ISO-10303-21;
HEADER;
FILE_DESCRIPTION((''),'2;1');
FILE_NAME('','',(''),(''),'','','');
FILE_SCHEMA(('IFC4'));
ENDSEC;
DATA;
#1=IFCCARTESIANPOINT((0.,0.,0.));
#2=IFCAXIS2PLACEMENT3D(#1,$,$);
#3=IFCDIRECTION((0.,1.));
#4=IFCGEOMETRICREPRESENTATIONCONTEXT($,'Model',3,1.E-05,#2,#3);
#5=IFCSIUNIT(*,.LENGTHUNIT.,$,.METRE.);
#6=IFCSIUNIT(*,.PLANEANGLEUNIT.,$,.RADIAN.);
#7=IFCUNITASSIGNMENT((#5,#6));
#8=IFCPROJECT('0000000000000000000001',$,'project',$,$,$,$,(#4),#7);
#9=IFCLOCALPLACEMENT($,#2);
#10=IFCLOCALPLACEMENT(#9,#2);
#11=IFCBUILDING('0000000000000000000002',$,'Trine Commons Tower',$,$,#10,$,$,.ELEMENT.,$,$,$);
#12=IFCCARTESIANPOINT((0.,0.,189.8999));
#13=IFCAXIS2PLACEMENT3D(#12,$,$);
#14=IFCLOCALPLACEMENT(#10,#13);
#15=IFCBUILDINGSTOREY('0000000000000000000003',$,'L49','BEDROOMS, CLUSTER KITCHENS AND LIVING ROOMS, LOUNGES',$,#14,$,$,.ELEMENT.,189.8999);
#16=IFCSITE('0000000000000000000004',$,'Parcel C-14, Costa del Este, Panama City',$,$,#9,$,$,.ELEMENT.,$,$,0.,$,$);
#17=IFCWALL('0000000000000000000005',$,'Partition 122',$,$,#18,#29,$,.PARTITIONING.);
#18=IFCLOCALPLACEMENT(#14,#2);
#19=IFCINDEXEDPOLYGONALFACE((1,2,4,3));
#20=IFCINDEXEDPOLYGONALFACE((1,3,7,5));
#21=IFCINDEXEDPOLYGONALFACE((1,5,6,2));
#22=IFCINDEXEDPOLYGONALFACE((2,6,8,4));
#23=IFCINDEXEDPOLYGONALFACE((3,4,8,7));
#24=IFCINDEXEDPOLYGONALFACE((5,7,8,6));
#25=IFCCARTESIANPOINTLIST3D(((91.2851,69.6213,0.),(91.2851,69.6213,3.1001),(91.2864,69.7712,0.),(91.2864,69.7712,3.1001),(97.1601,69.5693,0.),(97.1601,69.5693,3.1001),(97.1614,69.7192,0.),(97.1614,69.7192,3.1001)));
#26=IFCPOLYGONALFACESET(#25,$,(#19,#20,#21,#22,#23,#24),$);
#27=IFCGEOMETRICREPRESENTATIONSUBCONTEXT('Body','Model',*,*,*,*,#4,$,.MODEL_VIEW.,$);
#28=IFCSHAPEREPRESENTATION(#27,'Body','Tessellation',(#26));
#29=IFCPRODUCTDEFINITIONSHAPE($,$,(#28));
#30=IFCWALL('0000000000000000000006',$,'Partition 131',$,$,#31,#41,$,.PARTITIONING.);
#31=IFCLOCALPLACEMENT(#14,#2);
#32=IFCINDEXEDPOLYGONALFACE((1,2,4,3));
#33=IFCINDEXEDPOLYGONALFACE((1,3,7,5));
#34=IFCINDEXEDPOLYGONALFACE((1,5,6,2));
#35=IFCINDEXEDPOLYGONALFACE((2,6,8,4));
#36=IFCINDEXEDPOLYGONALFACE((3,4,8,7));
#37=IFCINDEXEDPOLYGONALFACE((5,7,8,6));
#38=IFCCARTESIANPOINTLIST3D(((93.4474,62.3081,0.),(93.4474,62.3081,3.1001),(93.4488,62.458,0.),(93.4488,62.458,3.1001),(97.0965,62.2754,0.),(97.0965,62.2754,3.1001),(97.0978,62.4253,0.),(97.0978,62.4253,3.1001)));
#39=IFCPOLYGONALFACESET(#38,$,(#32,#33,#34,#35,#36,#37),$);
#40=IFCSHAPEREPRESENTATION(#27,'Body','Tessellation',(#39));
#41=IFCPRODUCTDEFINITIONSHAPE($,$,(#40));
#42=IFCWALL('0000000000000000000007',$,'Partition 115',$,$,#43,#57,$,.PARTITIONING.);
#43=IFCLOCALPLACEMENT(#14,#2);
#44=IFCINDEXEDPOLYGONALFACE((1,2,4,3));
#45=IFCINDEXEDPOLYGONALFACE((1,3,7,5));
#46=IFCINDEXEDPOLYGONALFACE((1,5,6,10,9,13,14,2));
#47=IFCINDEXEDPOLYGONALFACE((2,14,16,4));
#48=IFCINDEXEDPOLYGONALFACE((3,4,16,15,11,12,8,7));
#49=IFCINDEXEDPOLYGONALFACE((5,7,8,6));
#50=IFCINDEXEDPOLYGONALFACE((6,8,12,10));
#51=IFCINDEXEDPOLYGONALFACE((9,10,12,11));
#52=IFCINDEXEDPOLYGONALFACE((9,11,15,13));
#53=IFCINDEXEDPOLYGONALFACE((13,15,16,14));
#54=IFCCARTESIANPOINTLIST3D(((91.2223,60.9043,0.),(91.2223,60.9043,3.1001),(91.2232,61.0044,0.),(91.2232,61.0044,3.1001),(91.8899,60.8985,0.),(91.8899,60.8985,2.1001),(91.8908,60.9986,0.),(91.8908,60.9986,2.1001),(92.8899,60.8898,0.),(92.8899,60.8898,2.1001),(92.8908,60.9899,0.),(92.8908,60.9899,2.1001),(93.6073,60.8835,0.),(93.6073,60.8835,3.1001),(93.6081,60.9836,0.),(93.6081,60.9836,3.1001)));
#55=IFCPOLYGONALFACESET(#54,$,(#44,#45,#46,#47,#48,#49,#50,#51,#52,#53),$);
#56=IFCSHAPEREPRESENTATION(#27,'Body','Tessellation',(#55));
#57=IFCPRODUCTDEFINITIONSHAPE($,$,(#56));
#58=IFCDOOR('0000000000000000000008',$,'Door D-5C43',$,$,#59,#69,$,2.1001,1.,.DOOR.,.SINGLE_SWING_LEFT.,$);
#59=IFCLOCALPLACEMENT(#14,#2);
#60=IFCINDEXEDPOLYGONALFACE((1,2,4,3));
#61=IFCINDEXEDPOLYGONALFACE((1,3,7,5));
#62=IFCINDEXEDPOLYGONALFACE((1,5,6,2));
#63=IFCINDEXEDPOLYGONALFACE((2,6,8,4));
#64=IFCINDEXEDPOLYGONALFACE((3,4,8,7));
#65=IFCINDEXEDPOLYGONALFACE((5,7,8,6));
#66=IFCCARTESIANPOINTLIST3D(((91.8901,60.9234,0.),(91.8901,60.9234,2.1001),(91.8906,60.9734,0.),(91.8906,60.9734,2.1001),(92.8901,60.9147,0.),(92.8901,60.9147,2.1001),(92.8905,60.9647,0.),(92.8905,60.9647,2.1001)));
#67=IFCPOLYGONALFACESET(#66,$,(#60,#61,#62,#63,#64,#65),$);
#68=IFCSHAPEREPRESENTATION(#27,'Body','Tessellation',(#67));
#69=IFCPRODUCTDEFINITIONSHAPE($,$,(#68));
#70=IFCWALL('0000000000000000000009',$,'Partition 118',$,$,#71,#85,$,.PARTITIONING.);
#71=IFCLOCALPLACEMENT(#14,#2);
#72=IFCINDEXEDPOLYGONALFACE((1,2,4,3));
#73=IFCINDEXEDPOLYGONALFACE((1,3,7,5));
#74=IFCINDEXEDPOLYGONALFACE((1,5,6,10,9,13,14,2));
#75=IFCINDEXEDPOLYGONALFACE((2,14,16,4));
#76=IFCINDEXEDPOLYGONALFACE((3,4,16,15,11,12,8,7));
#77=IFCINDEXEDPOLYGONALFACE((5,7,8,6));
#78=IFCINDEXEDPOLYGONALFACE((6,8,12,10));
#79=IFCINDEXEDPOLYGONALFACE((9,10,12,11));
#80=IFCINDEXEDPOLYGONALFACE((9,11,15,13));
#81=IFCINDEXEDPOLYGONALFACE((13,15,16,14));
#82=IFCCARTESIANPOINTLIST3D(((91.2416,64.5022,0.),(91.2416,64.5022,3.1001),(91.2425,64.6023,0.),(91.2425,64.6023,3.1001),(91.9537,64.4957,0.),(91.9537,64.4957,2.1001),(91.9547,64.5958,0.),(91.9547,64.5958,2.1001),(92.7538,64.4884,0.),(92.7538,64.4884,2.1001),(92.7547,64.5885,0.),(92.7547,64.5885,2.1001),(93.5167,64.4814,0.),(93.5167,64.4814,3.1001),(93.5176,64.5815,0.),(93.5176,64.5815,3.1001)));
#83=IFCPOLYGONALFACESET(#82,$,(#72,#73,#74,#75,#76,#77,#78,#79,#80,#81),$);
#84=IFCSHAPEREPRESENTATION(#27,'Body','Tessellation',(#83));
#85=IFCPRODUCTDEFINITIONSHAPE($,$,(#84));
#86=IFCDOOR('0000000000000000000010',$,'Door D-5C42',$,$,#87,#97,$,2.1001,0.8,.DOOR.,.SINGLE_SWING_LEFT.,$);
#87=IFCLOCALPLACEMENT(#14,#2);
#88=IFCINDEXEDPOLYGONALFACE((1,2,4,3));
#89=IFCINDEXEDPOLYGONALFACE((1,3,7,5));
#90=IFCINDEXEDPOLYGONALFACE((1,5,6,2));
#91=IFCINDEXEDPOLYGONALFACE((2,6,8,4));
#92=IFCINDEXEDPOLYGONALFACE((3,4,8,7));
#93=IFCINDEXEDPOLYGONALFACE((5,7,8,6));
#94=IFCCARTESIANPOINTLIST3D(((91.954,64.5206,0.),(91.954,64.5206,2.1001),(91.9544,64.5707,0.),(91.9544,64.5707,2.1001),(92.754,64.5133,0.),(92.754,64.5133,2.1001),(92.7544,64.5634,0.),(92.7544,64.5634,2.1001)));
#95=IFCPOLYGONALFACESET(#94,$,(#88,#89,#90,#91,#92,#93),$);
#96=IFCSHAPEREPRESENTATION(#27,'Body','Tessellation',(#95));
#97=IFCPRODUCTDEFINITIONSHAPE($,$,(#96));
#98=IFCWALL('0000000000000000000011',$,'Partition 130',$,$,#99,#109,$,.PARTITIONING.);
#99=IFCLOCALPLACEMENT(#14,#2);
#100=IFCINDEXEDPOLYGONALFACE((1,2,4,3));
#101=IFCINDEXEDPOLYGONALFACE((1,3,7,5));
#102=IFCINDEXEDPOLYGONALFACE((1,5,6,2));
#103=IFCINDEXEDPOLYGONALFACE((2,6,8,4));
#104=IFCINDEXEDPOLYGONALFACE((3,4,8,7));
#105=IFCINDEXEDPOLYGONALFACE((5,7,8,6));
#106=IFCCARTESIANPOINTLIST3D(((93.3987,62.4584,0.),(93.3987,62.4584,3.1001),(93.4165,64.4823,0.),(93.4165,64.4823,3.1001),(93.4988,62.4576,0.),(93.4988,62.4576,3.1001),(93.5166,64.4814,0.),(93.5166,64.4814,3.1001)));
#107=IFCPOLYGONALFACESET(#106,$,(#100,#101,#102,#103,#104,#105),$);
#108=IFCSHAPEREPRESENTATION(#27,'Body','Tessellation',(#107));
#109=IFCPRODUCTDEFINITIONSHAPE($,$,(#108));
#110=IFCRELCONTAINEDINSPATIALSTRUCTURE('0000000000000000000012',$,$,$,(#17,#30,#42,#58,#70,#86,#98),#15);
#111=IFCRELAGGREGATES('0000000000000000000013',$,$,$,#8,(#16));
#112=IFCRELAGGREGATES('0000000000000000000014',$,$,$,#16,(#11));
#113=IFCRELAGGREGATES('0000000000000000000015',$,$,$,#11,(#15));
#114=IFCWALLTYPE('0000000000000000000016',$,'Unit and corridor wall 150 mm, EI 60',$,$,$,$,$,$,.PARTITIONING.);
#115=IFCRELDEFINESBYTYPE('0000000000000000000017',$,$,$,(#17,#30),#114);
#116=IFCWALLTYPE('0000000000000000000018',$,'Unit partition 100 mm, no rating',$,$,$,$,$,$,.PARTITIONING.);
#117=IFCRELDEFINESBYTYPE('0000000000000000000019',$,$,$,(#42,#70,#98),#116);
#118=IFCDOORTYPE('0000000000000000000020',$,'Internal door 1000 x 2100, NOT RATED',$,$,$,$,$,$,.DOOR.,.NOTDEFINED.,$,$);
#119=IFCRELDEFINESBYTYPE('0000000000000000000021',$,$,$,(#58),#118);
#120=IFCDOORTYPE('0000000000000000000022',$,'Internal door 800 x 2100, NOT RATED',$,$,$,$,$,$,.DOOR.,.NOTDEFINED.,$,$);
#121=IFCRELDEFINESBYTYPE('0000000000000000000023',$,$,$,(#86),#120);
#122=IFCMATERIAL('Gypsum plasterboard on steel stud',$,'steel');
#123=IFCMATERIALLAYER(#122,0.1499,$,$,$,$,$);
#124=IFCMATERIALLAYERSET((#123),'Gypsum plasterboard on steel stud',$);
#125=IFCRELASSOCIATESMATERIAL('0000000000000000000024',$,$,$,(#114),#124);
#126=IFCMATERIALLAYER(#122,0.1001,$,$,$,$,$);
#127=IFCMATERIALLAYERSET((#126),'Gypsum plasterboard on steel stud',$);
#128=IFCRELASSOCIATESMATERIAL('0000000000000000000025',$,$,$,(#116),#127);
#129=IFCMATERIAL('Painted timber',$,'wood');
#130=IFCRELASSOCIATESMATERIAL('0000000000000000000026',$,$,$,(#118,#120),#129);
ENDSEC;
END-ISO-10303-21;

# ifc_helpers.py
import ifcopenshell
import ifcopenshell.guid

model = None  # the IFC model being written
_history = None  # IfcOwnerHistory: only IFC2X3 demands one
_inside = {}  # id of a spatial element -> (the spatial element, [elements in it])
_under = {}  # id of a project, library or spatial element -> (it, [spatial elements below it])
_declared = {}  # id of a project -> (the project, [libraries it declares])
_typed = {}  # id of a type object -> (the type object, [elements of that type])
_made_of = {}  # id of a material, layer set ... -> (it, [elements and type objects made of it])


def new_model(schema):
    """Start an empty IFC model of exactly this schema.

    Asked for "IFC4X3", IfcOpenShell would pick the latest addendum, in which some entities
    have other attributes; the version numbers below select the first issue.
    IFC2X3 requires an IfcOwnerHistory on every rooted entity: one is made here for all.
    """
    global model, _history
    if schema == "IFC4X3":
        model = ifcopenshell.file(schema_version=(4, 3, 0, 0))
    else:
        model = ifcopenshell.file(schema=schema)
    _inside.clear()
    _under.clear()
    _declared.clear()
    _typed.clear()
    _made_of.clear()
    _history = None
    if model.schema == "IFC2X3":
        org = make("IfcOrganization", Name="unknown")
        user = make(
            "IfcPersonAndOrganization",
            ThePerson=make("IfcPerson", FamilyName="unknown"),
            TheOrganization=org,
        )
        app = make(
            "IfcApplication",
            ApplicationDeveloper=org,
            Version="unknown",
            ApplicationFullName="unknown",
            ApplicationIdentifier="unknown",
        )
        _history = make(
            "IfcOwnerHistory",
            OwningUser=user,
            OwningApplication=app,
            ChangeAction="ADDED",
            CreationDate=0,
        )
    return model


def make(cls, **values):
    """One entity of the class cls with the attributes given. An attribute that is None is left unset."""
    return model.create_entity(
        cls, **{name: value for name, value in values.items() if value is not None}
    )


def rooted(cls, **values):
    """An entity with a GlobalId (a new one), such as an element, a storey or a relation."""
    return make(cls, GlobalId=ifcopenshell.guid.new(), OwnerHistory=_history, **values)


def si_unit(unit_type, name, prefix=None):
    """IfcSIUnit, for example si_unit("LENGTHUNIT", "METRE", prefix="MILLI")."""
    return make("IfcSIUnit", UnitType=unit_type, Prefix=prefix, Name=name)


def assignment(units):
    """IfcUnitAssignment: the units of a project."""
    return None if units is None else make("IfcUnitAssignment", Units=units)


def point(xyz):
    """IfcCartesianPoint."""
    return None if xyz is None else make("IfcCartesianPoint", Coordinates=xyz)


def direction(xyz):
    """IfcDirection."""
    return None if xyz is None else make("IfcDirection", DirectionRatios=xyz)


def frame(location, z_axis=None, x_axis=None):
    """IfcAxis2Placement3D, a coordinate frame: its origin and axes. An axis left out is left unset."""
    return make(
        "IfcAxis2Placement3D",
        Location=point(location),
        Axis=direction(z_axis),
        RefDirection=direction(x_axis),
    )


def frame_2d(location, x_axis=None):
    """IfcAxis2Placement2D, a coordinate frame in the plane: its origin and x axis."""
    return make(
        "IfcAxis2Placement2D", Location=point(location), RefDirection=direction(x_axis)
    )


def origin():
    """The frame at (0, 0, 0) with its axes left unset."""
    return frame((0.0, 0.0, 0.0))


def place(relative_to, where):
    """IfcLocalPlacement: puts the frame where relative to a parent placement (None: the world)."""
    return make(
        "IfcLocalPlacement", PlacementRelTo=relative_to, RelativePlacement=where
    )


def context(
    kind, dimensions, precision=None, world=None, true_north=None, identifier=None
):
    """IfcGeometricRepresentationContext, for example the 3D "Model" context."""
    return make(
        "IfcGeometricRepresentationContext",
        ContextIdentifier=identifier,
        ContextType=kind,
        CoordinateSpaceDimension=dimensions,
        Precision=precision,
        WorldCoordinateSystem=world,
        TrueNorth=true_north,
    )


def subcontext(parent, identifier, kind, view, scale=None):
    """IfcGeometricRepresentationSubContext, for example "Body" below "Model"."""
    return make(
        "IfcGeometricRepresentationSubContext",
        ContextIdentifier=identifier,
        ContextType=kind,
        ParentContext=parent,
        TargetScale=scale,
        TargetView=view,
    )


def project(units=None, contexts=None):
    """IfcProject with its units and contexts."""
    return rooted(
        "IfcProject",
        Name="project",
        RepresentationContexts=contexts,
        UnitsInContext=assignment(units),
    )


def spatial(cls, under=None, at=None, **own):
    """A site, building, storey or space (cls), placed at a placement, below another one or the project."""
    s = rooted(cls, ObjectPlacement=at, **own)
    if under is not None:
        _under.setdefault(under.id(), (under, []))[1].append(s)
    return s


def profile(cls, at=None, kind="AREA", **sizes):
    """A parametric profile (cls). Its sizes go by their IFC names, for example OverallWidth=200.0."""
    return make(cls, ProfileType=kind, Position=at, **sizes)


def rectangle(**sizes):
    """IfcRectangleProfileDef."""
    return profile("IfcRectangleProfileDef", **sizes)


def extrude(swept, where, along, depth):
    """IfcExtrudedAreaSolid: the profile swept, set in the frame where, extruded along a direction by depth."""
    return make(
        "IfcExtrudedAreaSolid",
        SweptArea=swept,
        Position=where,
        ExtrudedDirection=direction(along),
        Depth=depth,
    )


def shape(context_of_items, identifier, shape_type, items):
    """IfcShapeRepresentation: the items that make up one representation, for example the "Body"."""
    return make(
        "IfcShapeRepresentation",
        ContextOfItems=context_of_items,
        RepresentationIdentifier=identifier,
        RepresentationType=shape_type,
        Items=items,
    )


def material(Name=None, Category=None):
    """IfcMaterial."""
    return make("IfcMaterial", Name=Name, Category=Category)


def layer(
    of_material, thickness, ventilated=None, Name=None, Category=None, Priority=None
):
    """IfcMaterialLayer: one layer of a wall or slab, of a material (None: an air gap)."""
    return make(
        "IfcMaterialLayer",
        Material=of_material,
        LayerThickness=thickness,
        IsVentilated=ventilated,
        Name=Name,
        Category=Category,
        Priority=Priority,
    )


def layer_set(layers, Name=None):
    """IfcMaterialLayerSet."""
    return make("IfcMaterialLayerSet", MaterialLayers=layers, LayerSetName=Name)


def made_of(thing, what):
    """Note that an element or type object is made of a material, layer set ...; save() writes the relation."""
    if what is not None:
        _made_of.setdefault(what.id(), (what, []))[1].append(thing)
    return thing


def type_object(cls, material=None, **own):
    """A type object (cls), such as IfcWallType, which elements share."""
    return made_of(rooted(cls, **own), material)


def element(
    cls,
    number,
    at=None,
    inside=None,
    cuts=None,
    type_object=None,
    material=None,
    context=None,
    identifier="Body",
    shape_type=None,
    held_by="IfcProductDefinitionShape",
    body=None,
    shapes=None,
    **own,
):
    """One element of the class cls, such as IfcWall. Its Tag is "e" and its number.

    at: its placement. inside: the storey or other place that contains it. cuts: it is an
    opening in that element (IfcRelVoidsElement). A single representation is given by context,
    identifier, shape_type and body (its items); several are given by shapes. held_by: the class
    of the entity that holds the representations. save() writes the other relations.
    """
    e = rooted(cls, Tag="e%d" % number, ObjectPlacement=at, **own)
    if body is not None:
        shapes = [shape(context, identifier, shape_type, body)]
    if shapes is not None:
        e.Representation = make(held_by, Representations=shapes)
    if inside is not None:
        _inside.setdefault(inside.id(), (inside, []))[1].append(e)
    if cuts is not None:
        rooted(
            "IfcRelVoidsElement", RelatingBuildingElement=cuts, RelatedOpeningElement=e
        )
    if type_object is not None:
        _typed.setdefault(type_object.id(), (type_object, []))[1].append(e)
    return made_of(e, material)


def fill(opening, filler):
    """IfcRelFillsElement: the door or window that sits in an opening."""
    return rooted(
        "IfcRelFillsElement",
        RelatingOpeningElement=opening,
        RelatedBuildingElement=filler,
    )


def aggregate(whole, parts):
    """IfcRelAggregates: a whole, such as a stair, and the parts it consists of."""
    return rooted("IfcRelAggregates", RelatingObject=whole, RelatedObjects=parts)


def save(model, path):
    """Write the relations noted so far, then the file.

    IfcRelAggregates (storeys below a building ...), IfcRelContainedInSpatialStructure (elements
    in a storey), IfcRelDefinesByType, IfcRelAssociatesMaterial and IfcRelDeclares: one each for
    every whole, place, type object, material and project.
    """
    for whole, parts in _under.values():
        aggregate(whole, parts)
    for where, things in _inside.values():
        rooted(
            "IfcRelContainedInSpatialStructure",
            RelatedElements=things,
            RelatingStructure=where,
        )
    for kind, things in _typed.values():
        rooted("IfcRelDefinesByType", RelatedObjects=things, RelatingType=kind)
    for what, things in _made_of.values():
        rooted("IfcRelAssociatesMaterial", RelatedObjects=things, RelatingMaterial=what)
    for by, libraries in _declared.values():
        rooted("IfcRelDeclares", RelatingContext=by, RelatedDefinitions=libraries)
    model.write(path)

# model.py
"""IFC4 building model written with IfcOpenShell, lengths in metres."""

from ifc_helpers import new_model, si_unit, direction, frame, frame_2d, origin, place, context, subcontext, project, spatial, rectangle, extrude, material, layer, layer_set, type_object, element, fill, save


model = new_model("IFC4")

# Units and contexts
model_context = context("Model", 3, precision=1e-05, world=origin(), true_north=direction((0.0, 1.0)))
body_context = subcontext(model_context, "Body", "Model", "MODEL_VIEW")
ifc_project = project(units=[si_unit("LENGTHUNIT", "METRE"), si_unit("PLANEANGLEUNIT", "RADIAN")], contexts=[model_context])

# Site, building, storey
site_placement = place(None, origin())
site = spatial("IfcSite", under=ifc_project, at=site_placement, Name="Parcel C-14, Costa del Este, Panama City", CompositionType="ELEMENT", RefElevation=0.0)
building_placement = place(site_placement, origin())
building = spatial("IfcBuilding", under=site, at=building_placement, Name="Trine Commons Tower", CompositionType="ELEMENT")
storey_placement = place(building_placement, frame((0.0, 0.0, 189.8999)))
storey = spatial("IfcBuildingStorey", under=building, at=storey_placement, Name="L49", Description="BEDROOMS, CLUSTER KITCHENS AND LIVING ROOMS, LOUNGES", CompositionType="ELEMENT", Elevation=189.8999)

# Shared definitions
ifc_material_1 = material(Name="Gypsum plasterboard on steel stud", Category="steel")
ifc_layer_1 = layer(ifc_material_1, 0.1499)
ifc_layer_set_1 = layer_set([ifc_layer_1], Name="Gypsum plasterboard on steel stud")
wall_type_1 = type_object("IfcWallType", Name="Unit and corridor wall 150 mm, EI 60", PredefinedType="PARTITIONING", material=ifc_layer_set_1)

# Shared definitions
ifc_material_2 = material(Name="Painted timber", Category="wood")

# Walls
wall_1_placement = place(storey_placement, frame((91.2859, 69.6963, 0.0), z_axis=(0.0, 0.0, 1.0), x_axis=(0.999961, -0.008851, 0.0)))
element("IfcWall", 1, at=wall_1_placement, inside=storey, type_object=wall_type_1, Name="Partition 122", PredefinedType="PARTITIONING", context=body_context, shape_type="SweptSolid", body=[
    extrude(rectangle(XDim=5.8752, YDim=0.1499, at=frame_2d((2.9375, 0.0))), origin(), (0.0, 0.0, 1.0), 3.1001),
])
wall_2_placement = place(storey_placement, frame((93.448, 62.3831, 0.0), z_axis=(0.0, 0.0, 1.0), x_axis=(0.99996, -0.008965, 0.0)))
element("IfcWall", 2, at=wall_2_placement, inside=storey, type_object=wall_type_1, Name="Partition 131", PredefinedType="PARTITIONING", context=body_context, shape_type="SweptSolid", body=[
    extrude(rectangle(XDim=3.6492, YDim=0.1499, at=frame_2d((1.8247, 0.0))), origin(), (0.0, 0.0, 1.0), 3.1001),
])

# Walls, openings, doors
ifc_layer_2 = layer(ifc_material_1, 0.1001)
ifc_layer_set_2 = layer_set([ifc_layer_2], Name="Gypsum plasterboard on steel stud")
wall_type_2 = type_object("IfcWallType", Name="Unit partition 100 mm, no rating", PredefinedType="PARTITIONING", material=ifc_layer_set_2)
wall_3_placement = place(storey_placement, frame((91.2229, 60.9543, 0.0), z_axis=(0.0, 0.0, 1.0), x_axis=(0.999962, -0.008701, 0.0)))
wall_3 = element("IfcWall", 3, at=wall_3_placement, inside=storey, type_object=wall_type_2, Name="Partition 115", PredefinedType="PARTITIONING", context=body_context, shape_type="SweptSolid", body=[
    extrude(rectangle(XDim=2.385, YDim=0.1001, at=frame_2d((1.1924, 0.0))), origin(), (0.0, 0.0, 1.0), 3.1001),
])
opening_1_placement = place(wall_3_placement, frame((0.6675, 0.0, 0.0)))
opening_1 = element("IfcOpeningElement", 4, at=opening_1_placement, cuts=wall_3, PredefinedType="OPENING", context=body_context, shape_type="SweptSolid", body=[
    extrude(rectangle(XDim=1.0, YDim=2.1001, at=frame_2d((0.5, 1.05))), frame((0.0, 0.0601, 0.0), z_axis=(0.0, -1.0, 0.0), x_axis=(1.0, 0.0, 0.0)), (0.0, 0.0, 1.0), 0.1201),
])
door_type_1 = type_object("IfcDoorType", Name="Internal door 1000 x 2100, NOT RATED", OperationType="NOTDEFINED", PredefinedType="DOOR", material=ifc_material_2)
door_1_placement = place(opening_1_placement, origin())
door_1 = element("IfcDoor", 5, at=door_1_placement, inside=storey, type_object=door_type_1, Name="Door D-5C43", OperationType="SINGLE_SWING_LEFT", OverallHeight=2.1001, OverallWidth=1.0, PredefinedType="DOOR", context=body_context, shape_type="SweptSolid", body=[
    extrude(rectangle(XDim=1.0, YDim=2.1001, at=frame_2d((0.5, 1.05))), frame((0.0, 0.0249, 0.0), z_axis=(0.0, -1.0, 0.0), x_axis=(1.0, 0.0, 0.0)), (0.0, 0.0, 1.0), 0.05),
])
fill(opening_1, door_1)
wall_4_placement = place(storey_placement, frame((91.2419, 64.5522, 0.0), z_axis=(0.0, 0.0, 1.0), x_axis=(0.999958, -0.009121, 0.0)))
wall_4 = element("IfcWall", 6, at=wall_4_placement, inside=storey, type_object=wall_type_2, Name="Partition 118", PredefinedType="PARTITIONING", context=body_context, shape_type="SweptSolid", body=[
    extrude(rectangle(XDim=2.2751, YDim=0.1001, at=frame_2d((1.1377, 0.0))), origin(), (0.0, 0.0, 1.0), 3.1001),
])
opening_2_placement = place(wall_4_placement, frame((0.7124, 0.0, 0.0)))
opening_2 = element("IfcOpeningElement", 7, at=opening_2_placement, cuts=wall_4, PredefinedType="OPENING", context=body_context, shape_type="SweptSolid", body=[
    extrude(rectangle(XDim=0.8, YDim=2.1001, at=frame_2d((0.3999, 1.05))), frame((0.0, 0.0601, 0.0), z_axis=(0.0, -1.0, 0.0), x_axis=(1.0, 0.0, 0.0)), (0.0, 0.0, 1.0), 0.1201),
])
door_type_2 = type_object("IfcDoorType", Name="Internal door 800 x 2100, NOT RATED", OperationType="NOTDEFINED", PredefinedType="DOOR", material=ifc_material_2)
door_2_placement = place(opening_2_placement, origin())
door_2 = element("IfcDoor", 8, at=door_2_placement, inside=storey, type_object=door_type_2, Name="Door D-5C42", OperationType="SINGLE_SWING_LEFT", OverallHeight=2.1001, OverallWidth=0.8, PredefinedType="DOOR", context=body_context, shape_type="SweptSolid", body=[
    extrude(rectangle(XDim=0.8, YDim=2.1001, at=frame_2d((0.3999, 1.05))), frame((0.0, 0.0249, 0.0), z_axis=(0.0, -1.0, 0.0), x_axis=(1.0, 0.0, 0.0)), (0.0, 0.0, 1.0), 0.05),
])
fill(opening_2, door_2)

# Wall
wall_5_placement = place(storey_placement, frame((93.4487, 62.458, 0.0), z_axis=(0.0, 0.0, 1.0), x_axis=(0.008805, 0.999961, 0.0)))
element("IfcWall", 9, at=wall_5_placement, inside=storey, type_object=wall_type_2, Name="Partition 130", PredefinedType="PARTITIONING", context=body_context, shape_type="SweptSolid", body=[
    extrude(rectangle(XDim=2.0239, YDim=0.1001, at=frame_2d((1.012, 0.0))), origin(), (0.0, 0.0, 1.0), 3.1001),
])

save(model, "model.ifc")
